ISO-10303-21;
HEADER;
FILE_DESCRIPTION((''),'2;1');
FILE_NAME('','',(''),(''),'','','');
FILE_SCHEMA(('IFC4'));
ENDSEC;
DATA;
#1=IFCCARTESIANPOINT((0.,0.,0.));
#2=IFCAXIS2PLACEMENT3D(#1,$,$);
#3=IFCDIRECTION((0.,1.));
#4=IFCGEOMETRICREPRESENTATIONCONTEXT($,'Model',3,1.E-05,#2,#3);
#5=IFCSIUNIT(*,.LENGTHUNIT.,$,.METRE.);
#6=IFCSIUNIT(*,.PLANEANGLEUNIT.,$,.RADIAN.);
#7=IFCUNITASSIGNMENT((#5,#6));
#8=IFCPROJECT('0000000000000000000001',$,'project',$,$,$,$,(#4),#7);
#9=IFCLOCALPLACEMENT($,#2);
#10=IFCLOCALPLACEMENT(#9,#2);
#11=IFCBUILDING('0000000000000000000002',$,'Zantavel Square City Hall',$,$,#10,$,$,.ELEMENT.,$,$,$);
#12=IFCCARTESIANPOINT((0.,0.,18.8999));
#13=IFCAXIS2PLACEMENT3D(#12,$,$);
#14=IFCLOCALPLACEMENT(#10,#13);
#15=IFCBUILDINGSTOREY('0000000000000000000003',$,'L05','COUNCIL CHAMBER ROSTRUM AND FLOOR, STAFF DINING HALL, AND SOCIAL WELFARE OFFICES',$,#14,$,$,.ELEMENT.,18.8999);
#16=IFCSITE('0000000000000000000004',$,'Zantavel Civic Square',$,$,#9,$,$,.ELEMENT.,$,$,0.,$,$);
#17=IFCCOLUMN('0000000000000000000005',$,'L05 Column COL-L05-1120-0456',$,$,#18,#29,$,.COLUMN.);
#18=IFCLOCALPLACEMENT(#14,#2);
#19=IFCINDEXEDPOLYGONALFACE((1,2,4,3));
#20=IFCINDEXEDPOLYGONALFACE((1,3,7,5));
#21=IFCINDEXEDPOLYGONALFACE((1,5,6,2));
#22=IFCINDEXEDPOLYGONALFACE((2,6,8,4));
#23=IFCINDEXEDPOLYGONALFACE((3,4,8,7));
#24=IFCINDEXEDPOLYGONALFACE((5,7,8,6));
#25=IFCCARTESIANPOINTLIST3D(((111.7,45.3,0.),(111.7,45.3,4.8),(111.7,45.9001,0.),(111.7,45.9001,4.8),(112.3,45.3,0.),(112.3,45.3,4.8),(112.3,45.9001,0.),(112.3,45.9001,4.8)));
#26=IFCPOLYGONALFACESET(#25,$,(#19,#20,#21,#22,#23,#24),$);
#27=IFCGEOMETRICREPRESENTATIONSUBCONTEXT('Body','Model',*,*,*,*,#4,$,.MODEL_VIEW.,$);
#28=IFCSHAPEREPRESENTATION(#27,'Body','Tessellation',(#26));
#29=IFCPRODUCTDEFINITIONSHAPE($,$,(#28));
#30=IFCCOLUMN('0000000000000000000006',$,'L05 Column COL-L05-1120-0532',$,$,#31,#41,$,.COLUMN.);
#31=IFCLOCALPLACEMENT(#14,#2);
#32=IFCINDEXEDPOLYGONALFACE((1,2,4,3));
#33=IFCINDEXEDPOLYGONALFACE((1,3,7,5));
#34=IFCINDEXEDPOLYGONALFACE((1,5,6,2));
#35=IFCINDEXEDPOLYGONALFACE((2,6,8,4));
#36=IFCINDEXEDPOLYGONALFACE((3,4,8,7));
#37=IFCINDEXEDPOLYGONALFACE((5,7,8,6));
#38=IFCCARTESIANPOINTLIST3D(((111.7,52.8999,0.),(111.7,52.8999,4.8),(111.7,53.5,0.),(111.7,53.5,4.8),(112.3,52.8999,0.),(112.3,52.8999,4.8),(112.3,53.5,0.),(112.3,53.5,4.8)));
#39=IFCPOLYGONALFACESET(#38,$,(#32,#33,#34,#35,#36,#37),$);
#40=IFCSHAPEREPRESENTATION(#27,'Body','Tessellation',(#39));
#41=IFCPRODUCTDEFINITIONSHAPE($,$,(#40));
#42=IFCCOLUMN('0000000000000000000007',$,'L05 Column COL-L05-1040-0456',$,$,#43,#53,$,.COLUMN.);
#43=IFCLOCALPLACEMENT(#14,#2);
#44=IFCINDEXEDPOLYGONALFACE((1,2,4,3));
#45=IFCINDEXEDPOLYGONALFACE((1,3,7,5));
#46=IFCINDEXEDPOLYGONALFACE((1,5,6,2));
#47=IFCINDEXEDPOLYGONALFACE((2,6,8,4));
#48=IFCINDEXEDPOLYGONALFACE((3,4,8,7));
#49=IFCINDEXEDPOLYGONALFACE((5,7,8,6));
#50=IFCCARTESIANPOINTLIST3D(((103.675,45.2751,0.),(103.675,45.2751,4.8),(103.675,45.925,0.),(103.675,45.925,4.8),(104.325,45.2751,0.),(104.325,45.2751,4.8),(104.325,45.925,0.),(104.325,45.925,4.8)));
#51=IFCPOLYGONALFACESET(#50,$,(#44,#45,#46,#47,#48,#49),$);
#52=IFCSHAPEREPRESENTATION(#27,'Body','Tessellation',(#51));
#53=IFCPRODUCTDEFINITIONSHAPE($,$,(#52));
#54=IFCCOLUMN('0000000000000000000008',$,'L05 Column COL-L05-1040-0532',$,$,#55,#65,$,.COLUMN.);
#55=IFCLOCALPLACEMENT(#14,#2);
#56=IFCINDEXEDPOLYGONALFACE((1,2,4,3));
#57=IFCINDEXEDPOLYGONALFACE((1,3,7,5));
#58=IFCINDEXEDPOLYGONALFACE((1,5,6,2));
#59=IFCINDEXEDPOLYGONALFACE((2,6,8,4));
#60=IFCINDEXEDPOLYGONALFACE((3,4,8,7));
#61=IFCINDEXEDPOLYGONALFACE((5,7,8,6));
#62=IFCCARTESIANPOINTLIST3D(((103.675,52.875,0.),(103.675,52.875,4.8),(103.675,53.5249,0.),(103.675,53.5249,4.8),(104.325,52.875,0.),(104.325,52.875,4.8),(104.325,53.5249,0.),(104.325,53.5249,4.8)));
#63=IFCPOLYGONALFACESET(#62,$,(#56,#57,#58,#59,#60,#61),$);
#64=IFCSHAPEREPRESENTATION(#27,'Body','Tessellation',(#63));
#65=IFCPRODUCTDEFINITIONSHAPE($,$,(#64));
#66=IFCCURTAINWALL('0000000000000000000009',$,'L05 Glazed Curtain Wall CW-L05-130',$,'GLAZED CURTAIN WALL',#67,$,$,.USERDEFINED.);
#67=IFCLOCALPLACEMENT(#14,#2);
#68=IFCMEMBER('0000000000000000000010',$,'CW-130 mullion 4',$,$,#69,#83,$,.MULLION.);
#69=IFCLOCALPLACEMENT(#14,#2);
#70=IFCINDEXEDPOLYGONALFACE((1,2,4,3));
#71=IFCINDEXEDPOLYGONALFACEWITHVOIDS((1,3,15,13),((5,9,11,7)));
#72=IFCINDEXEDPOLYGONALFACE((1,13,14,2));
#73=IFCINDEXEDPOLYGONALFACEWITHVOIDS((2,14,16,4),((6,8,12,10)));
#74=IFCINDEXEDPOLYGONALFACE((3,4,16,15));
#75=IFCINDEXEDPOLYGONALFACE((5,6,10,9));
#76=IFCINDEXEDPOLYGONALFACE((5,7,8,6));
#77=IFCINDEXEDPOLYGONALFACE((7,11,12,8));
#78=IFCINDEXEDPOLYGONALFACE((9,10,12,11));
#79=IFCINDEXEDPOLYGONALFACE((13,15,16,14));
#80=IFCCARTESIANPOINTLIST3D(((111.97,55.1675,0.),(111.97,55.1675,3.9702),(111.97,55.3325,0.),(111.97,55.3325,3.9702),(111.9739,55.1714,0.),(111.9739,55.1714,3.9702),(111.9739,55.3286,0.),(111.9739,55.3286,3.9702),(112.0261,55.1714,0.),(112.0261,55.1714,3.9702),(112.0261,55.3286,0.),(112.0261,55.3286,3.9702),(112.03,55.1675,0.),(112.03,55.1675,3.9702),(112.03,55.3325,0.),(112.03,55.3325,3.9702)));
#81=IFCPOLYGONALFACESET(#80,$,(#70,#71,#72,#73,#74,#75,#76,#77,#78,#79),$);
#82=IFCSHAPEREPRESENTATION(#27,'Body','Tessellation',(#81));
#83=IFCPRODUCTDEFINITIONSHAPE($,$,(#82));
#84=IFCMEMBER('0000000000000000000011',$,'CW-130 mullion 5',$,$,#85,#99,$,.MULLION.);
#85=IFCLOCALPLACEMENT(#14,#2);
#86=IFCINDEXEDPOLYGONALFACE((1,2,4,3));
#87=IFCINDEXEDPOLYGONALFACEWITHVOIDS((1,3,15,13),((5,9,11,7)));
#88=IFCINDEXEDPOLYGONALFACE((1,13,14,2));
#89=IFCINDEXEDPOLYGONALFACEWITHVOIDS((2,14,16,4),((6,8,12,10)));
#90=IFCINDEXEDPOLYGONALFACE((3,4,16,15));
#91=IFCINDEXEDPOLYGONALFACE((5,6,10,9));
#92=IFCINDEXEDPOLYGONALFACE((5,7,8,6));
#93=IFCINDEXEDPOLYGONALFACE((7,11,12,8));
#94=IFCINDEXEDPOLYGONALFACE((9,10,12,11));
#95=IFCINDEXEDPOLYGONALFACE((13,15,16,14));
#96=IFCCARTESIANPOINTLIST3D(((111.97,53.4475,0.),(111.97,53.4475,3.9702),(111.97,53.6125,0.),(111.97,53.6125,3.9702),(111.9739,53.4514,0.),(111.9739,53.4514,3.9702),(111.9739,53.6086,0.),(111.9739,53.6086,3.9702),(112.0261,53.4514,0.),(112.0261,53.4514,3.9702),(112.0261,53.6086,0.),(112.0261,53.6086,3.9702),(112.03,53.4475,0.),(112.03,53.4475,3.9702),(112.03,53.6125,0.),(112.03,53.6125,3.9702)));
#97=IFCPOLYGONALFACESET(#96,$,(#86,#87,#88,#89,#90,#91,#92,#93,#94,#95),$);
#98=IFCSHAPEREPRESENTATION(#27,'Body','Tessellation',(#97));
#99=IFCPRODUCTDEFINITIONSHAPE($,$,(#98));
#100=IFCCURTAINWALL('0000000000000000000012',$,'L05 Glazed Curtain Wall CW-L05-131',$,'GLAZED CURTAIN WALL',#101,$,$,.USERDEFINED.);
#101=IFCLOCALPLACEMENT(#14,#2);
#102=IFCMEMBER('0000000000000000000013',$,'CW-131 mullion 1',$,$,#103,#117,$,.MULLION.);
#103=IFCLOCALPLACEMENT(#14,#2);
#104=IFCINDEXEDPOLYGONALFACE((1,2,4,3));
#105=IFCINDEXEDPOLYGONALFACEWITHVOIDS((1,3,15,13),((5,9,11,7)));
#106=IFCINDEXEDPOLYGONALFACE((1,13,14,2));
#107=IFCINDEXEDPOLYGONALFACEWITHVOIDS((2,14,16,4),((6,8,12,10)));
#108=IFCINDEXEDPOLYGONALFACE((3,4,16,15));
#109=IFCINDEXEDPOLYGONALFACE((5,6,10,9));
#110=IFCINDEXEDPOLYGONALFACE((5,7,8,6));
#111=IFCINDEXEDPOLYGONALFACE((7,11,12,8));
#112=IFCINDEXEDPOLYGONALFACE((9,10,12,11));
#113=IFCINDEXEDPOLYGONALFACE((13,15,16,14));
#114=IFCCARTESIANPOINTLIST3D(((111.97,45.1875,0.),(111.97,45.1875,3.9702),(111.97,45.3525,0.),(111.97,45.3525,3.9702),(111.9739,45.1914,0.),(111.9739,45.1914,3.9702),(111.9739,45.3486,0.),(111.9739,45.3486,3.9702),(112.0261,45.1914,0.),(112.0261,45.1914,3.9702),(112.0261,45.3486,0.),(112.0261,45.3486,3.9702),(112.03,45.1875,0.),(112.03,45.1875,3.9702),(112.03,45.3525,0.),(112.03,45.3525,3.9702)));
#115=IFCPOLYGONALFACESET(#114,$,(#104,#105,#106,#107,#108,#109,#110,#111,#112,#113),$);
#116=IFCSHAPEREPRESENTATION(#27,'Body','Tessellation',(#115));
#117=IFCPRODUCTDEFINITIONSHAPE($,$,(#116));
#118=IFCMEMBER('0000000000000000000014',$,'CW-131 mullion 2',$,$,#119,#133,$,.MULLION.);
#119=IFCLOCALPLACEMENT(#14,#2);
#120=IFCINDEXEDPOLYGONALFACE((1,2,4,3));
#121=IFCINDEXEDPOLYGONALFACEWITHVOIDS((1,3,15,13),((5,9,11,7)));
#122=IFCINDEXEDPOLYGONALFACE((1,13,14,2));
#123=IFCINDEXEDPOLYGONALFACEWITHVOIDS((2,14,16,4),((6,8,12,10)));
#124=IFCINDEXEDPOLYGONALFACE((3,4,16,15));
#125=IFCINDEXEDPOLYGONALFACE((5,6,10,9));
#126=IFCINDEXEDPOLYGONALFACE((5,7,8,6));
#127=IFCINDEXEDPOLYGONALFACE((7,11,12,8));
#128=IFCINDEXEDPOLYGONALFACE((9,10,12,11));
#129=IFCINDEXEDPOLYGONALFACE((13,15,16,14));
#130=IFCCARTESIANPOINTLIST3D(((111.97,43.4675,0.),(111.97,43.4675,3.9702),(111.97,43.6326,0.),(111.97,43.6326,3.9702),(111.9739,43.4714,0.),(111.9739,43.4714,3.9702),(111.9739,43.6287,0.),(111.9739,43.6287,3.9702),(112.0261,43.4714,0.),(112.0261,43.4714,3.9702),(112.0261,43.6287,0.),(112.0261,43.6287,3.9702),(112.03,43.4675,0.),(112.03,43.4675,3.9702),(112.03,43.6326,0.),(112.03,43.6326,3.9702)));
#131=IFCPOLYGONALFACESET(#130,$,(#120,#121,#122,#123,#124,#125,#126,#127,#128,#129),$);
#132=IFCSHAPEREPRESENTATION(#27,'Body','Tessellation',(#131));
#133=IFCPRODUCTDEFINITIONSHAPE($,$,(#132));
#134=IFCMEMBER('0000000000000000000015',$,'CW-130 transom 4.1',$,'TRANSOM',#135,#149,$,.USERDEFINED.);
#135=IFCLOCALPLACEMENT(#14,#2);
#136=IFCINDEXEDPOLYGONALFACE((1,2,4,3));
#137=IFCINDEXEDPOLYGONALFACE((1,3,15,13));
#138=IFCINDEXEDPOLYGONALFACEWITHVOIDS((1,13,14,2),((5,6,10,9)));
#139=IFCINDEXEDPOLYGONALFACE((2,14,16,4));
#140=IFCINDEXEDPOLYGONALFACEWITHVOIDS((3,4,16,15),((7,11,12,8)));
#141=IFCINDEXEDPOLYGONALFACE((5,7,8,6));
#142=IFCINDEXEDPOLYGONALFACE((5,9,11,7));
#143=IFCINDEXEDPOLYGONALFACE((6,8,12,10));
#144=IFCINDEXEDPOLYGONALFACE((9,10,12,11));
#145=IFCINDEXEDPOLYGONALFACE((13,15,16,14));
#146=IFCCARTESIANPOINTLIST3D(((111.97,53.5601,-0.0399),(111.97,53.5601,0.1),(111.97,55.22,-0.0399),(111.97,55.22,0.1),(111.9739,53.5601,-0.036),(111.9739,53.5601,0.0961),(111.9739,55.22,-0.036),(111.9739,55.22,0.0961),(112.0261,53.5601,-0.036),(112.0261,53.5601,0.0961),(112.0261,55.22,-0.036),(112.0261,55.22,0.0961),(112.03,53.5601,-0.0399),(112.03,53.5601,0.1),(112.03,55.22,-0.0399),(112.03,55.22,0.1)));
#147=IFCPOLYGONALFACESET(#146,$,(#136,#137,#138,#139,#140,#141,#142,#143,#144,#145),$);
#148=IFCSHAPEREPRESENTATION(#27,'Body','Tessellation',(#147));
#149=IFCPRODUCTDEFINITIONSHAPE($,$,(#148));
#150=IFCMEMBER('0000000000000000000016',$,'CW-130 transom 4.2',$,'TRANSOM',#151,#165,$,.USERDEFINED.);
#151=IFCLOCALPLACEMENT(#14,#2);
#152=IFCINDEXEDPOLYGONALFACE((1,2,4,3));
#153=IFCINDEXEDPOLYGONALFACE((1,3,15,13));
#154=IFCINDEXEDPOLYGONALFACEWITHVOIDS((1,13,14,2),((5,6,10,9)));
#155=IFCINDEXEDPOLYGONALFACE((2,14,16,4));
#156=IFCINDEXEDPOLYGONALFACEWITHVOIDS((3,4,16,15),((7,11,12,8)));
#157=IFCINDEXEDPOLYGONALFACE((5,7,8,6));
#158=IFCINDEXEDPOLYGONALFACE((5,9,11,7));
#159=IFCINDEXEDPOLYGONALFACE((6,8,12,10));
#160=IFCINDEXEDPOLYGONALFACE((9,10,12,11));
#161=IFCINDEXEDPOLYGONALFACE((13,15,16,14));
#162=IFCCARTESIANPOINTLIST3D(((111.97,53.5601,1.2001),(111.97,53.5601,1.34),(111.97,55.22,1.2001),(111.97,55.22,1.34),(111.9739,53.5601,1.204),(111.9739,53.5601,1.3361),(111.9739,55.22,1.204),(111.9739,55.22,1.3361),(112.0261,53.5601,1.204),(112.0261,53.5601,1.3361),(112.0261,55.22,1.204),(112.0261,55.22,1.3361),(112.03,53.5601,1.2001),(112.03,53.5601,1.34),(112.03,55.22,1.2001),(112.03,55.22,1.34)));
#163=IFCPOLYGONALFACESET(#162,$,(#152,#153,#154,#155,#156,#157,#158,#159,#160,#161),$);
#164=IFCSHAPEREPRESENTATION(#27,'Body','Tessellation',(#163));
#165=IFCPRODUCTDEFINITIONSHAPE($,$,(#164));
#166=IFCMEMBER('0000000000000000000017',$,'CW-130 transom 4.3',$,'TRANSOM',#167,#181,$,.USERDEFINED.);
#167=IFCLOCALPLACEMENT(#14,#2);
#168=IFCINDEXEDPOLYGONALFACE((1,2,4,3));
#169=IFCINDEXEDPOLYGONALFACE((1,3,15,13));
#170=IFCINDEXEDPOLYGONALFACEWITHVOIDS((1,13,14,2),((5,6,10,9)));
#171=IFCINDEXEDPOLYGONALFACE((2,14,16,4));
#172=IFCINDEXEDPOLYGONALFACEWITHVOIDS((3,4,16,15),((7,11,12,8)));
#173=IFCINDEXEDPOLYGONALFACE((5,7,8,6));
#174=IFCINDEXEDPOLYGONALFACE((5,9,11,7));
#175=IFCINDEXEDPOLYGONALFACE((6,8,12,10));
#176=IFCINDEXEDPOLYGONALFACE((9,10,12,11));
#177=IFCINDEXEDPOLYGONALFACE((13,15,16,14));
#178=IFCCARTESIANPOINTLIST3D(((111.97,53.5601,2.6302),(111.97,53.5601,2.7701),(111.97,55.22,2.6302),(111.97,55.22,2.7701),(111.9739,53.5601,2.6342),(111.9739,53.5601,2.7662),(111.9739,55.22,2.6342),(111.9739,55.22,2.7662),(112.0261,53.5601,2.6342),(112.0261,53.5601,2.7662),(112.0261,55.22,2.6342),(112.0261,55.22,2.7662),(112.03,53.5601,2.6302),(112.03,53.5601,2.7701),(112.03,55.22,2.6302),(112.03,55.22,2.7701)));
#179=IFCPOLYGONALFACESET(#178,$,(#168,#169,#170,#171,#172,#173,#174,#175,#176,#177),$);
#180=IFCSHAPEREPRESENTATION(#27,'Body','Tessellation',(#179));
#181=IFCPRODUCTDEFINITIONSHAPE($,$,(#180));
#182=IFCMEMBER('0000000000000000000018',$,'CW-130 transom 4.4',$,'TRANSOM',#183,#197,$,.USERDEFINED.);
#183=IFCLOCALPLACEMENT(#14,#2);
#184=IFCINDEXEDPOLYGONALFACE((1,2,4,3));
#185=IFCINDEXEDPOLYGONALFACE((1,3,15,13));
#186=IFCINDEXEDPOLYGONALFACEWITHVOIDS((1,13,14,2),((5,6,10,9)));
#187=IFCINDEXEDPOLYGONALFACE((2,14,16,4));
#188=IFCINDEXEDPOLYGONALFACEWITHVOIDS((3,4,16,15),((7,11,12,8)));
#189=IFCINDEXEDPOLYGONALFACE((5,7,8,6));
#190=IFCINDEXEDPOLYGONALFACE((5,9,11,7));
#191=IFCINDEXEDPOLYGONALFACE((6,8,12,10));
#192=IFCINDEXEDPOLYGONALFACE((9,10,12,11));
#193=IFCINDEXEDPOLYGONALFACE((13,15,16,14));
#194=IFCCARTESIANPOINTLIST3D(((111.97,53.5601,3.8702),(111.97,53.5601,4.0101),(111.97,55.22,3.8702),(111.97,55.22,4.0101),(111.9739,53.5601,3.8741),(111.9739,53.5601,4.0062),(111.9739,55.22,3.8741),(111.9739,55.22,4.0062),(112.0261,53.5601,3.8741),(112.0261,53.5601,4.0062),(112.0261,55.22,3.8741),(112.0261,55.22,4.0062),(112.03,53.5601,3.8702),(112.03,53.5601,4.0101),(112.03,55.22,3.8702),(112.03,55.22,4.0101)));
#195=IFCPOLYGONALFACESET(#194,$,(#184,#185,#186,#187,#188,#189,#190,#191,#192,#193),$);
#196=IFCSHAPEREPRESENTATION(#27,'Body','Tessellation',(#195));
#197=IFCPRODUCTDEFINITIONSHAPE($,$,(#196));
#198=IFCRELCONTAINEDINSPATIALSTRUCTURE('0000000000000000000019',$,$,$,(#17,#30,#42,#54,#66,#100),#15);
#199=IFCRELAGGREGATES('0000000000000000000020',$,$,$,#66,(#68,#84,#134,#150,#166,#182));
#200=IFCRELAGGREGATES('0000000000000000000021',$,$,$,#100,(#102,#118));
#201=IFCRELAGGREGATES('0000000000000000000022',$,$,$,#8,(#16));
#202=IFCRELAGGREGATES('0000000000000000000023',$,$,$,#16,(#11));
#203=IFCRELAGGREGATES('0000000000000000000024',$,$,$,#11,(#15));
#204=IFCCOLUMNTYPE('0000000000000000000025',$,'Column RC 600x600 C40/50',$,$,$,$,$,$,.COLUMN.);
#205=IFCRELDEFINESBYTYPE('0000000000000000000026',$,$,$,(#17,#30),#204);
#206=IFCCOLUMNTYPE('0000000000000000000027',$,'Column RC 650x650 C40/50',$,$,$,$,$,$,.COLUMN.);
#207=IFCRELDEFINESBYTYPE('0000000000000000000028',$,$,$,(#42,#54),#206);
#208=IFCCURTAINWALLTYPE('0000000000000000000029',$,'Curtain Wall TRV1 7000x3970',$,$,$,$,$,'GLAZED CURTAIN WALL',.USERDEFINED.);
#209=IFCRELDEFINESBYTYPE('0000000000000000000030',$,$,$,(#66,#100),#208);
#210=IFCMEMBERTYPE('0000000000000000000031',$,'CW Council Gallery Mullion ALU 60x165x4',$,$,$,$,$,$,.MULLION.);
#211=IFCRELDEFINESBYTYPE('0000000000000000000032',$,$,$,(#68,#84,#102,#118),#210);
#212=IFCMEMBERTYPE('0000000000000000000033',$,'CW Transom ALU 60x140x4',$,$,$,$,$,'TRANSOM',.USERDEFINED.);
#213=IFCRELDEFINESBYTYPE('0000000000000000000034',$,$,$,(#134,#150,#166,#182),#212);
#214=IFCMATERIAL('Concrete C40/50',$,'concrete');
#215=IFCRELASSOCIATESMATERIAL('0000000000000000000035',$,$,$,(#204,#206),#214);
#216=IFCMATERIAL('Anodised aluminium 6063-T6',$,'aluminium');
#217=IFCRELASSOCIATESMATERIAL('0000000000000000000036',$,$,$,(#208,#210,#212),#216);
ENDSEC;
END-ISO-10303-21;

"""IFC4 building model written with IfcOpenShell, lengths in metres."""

from ifc_helpers import new_model, si_unit, direction, frame, origin, origin_2d, place, context, subcontext, project, spatial, rectangle, hollow_rectangle, extrude, material, material_profile, profile_set, type_object, element, aggregate, save


model = new_model("IFC4")

# Units and contexts
model_context = context("Model", 3, precision=1e-05, world=origin(), true_north=direction((0.0, 1.0)))
body_context = subcontext(model_context, "Body", "Model", "MODEL_VIEW")
ifc_project = project(units=[si_unit("LENGTHUNIT", "METRE"), si_unit("PLANEANGLEUNIT", "RADIAN")], contexts=[model_context])

# Site, building, storey
site_placement = place(None, origin())
site = spatial("IfcSite", under=ifc_project, at=site_placement, Name="Zantavel Civic Square", CompositionType="ELEMENT", RefElevation=0.0)
building_placement = place(site_placement, origin())
building = spatial("IfcBuilding", under=site, at=building_placement, Name="Zantavel Square City Hall", CompositionType="ELEMENT")
storey_placement = place(building_placement, frame((0.0, 0.0, 18.8999)))
storey = spatial("IfcBuildingStorey", under=building, at=storey_placement, Name="L05", Description="COUNCIL CHAMBER ROSTRUM AND FLOOR, STAFF DINING HALL, AND SOCIAL WELFARE OFFICES", CompositionType="ELEMENT", Elevation=18.8999)

# Columns
ifc_material_1 = material(Name="Concrete C40/50", Category="concrete")
ifc_material_profile_1 = material_profile(ifc_material_1, rectangle(XDim=0.6001, YDim=0.6001, at=origin_2d()), Name="RC 600x600")
ifc_profile_set_1 = profile_set([ifc_material_profile_1], Name="Concrete C40/50")
column_type_1 = type_object("IfcColumnType", Name="Column RC 600x600 C40/50", PredefinedType="COLUMN", material=ifc_profile_set_1)
for number, where, z_axis, x_axis, name in (
    (1, (112.0, 45.6001, 0.0), (0.0, 0.0, 1.0), (1.0, 0.0, 0.0), "L05 Column COL-L05-1120-0456"),
    (2, (112.0, 53.2, 0.0), (0.0, 0.0, 1.0), (1.0, 0.0, 0.0), "L05 Column COL-L05-1120-0532"),
):
    element("IfcColumn", number, at=place(storey_placement, frame(where, z_axis=z_axis, x_axis=x_axis)), inside=storey, type_object=column_type_1, Name=name, PredefinedType="COLUMN", context=body_context, shape_type="SweptSolid", body=[
        extrude(rectangle(XDim=0.6001, YDim=0.6001, at=origin_2d()), origin(), (0.0, 0.0, 1.0), 4.8),
    ])
ifc_material_profile_2 = material_profile(ifc_material_1, rectangle(XDim=0.6499, YDim=0.6499, at=origin_2d()), Name="RC 650x650")
ifc_profile_set_2 = profile_set([ifc_material_profile_2], Name="Concrete C40/50")
column_type_2 = type_object("IfcColumnType", Name="Column RC 650x650 C40/50", PredefinedType="COLUMN", material=ifc_profile_set_2)
for number, where, z_axis, x_axis, name in (
    (3, (104.0, 45.6001, 0.0), (0.0, 0.0, 1.0), (1.0, 0.0, 0.0), "L05 Column COL-L05-1040-0456"),
    (4, (104.0, 53.2, 0.0), (0.0, 0.0, 1.0), (1.0, 0.0, 0.0), "L05 Column COL-L05-1040-0532"),
):
    element("IfcColumn", number, at=place(storey_placement, frame(where, z_axis=z_axis, x_axis=x_axis)), inside=storey, type_object=column_type_2, Name=name, PredefinedType="COLUMN", context=body_context, shape_type="SweptSolid", body=[
        extrude(rectangle(XDim=0.6499, YDim=0.6499, at=origin_2d()), origin(), (0.0, 0.0, 1.0), 4.8),
    ])

# Curtain walls, members
ifc_material_2 = material(Name="Anodised aluminium 6063-T6", Category="aluminium")
curtain_wall_type = type_object("IfcCurtainWallType", Name="Curtain Wall TRV1 7000x3970", ElementType="GLAZED CURTAIN WALL", PredefinedType="USERDEFINED", material=ifc_material_2)
curtain_wall_1_placement = place(storey_placement, origin())
curtain_wall_1 = element("IfcCurtainWall", 5, at=curtain_wall_1_placement, inside=storey, type_object=curtain_wall_type, Name="L05 Glazed Curtain Wall CW-L05-130", ObjectType="GLAZED CURTAIN WALL", PredefinedType="USERDEFINED")
ifc_material_profile_3 = material_profile(ifc_material_2, hollow_rectangle(XDim=0.0601, YDim=0.165, WallThickness=0.0039, at=origin_2d()), Name="ALU 60x165x4")
ifc_profile_set_3 = profile_set([ifc_material_profile_3], Name="Anodised aluminium 6063-T6")
member_type_1 = type_object("IfcMemberType", Name="CW Council Gallery Mullion ALU 60x165x4", PredefinedType="MULLION", material=ifc_profile_set_3)
member_1_placement = place(storey_placement, frame((112.0, 55.25, 0.0), z_axis=(0.0, 0.0, 1.0), x_axis=(1.0, 0.0, 0.0)))
member_1 = element("IfcMember", 6, at=member_1_placement, type_object=member_type_1, Name="CW-130 mullion 4", PredefinedType="MULLION", context=body_context, shape_type="SweptSolid", body=[
    extrude(hollow_rectangle(XDim=0.0601, YDim=0.165, WallThickness=0.0039, at=origin_2d()), origin(), (0.0, 0.0, 1.0), 3.9702),
])
member_2_placement = place(storey_placement, frame((112.0, 53.53, 0.0), z_axis=(0.0, 0.0, 1.0), x_axis=(1.0, 0.0, 0.0)))
member_2 = element("IfcMember", 7, at=member_2_placement, type_object=member_type_1, Name="CW-130 mullion 5", PredefinedType="MULLION", context=body_context, shape_type="SweptSolid", body=[
    extrude(hollow_rectangle(XDim=0.0601, YDim=0.165, WallThickness=0.0039, at=origin_2d()), origin(), (0.0, 0.0, 1.0), 3.9702),
])
curtain_wall_2_placement = place(storey_placement, origin())
curtain_wall_2 = element("IfcCurtainWall", 8, at=curtain_wall_2_placement, inside=storey, type_object=curtain_wall_type, Name="L05 Glazed Curtain Wall CW-L05-131", ObjectType="GLAZED CURTAIN WALL", PredefinedType="USERDEFINED")
member_3_placement = place(storey_placement, frame((112.0, 45.27, 0.0), z_axis=(0.0, 0.0, 1.0), x_axis=(1.0, 0.0, 0.0)))
member_3 = element("IfcMember", 9, at=member_3_placement, type_object=member_type_1, Name="CW-131 mullion 1", PredefinedType="MULLION", context=body_context, shape_type="SweptSolid", body=[
    extrude(hollow_rectangle(XDim=0.0601, YDim=0.165, WallThickness=0.0039, at=origin_2d()), origin(), (0.0, 0.0, 1.0), 3.9702),
])
member_4_placement = place(storey_placement, frame((112.0, 43.55, 0.0), z_axis=(0.0, 0.0, 1.0), x_axis=(1.0, 0.0, 0.0)))
member_4 = element("IfcMember", 10, at=member_4_placement, type_object=member_type_1, Name="CW-131 mullion 2", PredefinedType="MULLION", context=body_context, shape_type="SweptSolid", body=[
    extrude(hollow_rectangle(XDim=0.0601, YDim=0.165, WallThickness=0.0039, at=origin_2d()), origin(), (0.0, 0.0, 1.0), 3.9702),
])

# Members
ifc_material_profile_4 = material_profile(ifc_material_2, hollow_rectangle(XDim=0.0601, YDim=0.1399, WallThickness=0.0039, at=origin_2d()), Name="ALU 60x140x4")
ifc_profile_set_4 = profile_set([ifc_material_profile_4], Name="Anodised aluminium 6063-T6")
member_type_2 = type_object("IfcMemberType", Name="CW Transom ALU 60x140x4", ElementType="TRANSOM", PredefinedType="USERDEFINED", material=ifc_profile_set_4)
member_5_placement = place(storey_placement, frame((112.0, 55.22, 0.03), z_axis=(0.0, -1.0, 0.0), x_axis=(1.0, 0.0, 0.0)))
member_5 = element("IfcMember", 11, at=member_5_placement, type_object=member_type_2, Name="CW-130 transom 4.1", ObjectType="TRANSOM", PredefinedType="USERDEFINED", context=body_context, shape_type="SweptSolid", body=[
    extrude(hollow_rectangle(XDim=0.0601, YDim=0.1399, WallThickness=0.0039, at=origin_2d()), origin(), (0.0, 0.0, 1.0), 1.6599),
])
member_6_placement = place(storey_placement, frame((112.0, 55.22, 1.27), z_axis=(0.0, -1.0, 0.0), x_axis=(1.0, 0.0, 0.0)))
member_6 = element("IfcMember", 12, at=member_6_placement, type_object=member_type_2, Name="CW-130 transom 4.2", ObjectType="TRANSOM", PredefinedType="USERDEFINED", context=body_context, shape_type="SweptSolid", body=[
    extrude(hollow_rectangle(XDim=0.0601, YDim=0.1399, WallThickness=0.0039, at=origin_2d()), origin(), (0.0, 0.0, 1.0), 1.6599),
])
member_7_placement = place(storey_placement, frame((112.0, 55.22, 2.7002), z_axis=(0.0, -1.0, 0.0), x_axis=(1.0, 0.0, 0.0)))
member_7 = element("IfcMember", 13, at=member_7_placement, type_object=member_type_2, Name="CW-130 transom 4.3", ObjectType="TRANSOM", PredefinedType="USERDEFINED", context=body_context, shape_type="SweptSolid", body=[
    extrude(hollow_rectangle(XDim=0.0601, YDim=0.1399, WallThickness=0.0039, at=origin_2d()), origin(), (0.0, 0.0, 1.0), 1.6599),
])
member_8_placement = place(storey_placement, frame((112.0, 55.22, 3.9402), z_axis=(0.0, -1.0, 0.0), x_axis=(1.0, 0.0, 0.0)))
member_8 = element("IfcMember", 14, at=member_8_placement, type_object=member_type_2, Name="CW-130 transom 4.4", ObjectType="TRANSOM", PredefinedType="USERDEFINED", context=body_context, shape_type="SweptSolid", body=[
    extrude(hollow_rectangle(XDim=0.0601, YDim=0.1399, WallThickness=0.0039, at=origin_2d()), origin(), (0.0, 0.0, 1.0), 1.6599),
])

aggregate(curtain_wall_1, [member_1, member_2, member_5, member_6, member_7, member_8])
aggregate(curtain_wall_2, [member_3, member_4])

save(model, "model.ifc")
